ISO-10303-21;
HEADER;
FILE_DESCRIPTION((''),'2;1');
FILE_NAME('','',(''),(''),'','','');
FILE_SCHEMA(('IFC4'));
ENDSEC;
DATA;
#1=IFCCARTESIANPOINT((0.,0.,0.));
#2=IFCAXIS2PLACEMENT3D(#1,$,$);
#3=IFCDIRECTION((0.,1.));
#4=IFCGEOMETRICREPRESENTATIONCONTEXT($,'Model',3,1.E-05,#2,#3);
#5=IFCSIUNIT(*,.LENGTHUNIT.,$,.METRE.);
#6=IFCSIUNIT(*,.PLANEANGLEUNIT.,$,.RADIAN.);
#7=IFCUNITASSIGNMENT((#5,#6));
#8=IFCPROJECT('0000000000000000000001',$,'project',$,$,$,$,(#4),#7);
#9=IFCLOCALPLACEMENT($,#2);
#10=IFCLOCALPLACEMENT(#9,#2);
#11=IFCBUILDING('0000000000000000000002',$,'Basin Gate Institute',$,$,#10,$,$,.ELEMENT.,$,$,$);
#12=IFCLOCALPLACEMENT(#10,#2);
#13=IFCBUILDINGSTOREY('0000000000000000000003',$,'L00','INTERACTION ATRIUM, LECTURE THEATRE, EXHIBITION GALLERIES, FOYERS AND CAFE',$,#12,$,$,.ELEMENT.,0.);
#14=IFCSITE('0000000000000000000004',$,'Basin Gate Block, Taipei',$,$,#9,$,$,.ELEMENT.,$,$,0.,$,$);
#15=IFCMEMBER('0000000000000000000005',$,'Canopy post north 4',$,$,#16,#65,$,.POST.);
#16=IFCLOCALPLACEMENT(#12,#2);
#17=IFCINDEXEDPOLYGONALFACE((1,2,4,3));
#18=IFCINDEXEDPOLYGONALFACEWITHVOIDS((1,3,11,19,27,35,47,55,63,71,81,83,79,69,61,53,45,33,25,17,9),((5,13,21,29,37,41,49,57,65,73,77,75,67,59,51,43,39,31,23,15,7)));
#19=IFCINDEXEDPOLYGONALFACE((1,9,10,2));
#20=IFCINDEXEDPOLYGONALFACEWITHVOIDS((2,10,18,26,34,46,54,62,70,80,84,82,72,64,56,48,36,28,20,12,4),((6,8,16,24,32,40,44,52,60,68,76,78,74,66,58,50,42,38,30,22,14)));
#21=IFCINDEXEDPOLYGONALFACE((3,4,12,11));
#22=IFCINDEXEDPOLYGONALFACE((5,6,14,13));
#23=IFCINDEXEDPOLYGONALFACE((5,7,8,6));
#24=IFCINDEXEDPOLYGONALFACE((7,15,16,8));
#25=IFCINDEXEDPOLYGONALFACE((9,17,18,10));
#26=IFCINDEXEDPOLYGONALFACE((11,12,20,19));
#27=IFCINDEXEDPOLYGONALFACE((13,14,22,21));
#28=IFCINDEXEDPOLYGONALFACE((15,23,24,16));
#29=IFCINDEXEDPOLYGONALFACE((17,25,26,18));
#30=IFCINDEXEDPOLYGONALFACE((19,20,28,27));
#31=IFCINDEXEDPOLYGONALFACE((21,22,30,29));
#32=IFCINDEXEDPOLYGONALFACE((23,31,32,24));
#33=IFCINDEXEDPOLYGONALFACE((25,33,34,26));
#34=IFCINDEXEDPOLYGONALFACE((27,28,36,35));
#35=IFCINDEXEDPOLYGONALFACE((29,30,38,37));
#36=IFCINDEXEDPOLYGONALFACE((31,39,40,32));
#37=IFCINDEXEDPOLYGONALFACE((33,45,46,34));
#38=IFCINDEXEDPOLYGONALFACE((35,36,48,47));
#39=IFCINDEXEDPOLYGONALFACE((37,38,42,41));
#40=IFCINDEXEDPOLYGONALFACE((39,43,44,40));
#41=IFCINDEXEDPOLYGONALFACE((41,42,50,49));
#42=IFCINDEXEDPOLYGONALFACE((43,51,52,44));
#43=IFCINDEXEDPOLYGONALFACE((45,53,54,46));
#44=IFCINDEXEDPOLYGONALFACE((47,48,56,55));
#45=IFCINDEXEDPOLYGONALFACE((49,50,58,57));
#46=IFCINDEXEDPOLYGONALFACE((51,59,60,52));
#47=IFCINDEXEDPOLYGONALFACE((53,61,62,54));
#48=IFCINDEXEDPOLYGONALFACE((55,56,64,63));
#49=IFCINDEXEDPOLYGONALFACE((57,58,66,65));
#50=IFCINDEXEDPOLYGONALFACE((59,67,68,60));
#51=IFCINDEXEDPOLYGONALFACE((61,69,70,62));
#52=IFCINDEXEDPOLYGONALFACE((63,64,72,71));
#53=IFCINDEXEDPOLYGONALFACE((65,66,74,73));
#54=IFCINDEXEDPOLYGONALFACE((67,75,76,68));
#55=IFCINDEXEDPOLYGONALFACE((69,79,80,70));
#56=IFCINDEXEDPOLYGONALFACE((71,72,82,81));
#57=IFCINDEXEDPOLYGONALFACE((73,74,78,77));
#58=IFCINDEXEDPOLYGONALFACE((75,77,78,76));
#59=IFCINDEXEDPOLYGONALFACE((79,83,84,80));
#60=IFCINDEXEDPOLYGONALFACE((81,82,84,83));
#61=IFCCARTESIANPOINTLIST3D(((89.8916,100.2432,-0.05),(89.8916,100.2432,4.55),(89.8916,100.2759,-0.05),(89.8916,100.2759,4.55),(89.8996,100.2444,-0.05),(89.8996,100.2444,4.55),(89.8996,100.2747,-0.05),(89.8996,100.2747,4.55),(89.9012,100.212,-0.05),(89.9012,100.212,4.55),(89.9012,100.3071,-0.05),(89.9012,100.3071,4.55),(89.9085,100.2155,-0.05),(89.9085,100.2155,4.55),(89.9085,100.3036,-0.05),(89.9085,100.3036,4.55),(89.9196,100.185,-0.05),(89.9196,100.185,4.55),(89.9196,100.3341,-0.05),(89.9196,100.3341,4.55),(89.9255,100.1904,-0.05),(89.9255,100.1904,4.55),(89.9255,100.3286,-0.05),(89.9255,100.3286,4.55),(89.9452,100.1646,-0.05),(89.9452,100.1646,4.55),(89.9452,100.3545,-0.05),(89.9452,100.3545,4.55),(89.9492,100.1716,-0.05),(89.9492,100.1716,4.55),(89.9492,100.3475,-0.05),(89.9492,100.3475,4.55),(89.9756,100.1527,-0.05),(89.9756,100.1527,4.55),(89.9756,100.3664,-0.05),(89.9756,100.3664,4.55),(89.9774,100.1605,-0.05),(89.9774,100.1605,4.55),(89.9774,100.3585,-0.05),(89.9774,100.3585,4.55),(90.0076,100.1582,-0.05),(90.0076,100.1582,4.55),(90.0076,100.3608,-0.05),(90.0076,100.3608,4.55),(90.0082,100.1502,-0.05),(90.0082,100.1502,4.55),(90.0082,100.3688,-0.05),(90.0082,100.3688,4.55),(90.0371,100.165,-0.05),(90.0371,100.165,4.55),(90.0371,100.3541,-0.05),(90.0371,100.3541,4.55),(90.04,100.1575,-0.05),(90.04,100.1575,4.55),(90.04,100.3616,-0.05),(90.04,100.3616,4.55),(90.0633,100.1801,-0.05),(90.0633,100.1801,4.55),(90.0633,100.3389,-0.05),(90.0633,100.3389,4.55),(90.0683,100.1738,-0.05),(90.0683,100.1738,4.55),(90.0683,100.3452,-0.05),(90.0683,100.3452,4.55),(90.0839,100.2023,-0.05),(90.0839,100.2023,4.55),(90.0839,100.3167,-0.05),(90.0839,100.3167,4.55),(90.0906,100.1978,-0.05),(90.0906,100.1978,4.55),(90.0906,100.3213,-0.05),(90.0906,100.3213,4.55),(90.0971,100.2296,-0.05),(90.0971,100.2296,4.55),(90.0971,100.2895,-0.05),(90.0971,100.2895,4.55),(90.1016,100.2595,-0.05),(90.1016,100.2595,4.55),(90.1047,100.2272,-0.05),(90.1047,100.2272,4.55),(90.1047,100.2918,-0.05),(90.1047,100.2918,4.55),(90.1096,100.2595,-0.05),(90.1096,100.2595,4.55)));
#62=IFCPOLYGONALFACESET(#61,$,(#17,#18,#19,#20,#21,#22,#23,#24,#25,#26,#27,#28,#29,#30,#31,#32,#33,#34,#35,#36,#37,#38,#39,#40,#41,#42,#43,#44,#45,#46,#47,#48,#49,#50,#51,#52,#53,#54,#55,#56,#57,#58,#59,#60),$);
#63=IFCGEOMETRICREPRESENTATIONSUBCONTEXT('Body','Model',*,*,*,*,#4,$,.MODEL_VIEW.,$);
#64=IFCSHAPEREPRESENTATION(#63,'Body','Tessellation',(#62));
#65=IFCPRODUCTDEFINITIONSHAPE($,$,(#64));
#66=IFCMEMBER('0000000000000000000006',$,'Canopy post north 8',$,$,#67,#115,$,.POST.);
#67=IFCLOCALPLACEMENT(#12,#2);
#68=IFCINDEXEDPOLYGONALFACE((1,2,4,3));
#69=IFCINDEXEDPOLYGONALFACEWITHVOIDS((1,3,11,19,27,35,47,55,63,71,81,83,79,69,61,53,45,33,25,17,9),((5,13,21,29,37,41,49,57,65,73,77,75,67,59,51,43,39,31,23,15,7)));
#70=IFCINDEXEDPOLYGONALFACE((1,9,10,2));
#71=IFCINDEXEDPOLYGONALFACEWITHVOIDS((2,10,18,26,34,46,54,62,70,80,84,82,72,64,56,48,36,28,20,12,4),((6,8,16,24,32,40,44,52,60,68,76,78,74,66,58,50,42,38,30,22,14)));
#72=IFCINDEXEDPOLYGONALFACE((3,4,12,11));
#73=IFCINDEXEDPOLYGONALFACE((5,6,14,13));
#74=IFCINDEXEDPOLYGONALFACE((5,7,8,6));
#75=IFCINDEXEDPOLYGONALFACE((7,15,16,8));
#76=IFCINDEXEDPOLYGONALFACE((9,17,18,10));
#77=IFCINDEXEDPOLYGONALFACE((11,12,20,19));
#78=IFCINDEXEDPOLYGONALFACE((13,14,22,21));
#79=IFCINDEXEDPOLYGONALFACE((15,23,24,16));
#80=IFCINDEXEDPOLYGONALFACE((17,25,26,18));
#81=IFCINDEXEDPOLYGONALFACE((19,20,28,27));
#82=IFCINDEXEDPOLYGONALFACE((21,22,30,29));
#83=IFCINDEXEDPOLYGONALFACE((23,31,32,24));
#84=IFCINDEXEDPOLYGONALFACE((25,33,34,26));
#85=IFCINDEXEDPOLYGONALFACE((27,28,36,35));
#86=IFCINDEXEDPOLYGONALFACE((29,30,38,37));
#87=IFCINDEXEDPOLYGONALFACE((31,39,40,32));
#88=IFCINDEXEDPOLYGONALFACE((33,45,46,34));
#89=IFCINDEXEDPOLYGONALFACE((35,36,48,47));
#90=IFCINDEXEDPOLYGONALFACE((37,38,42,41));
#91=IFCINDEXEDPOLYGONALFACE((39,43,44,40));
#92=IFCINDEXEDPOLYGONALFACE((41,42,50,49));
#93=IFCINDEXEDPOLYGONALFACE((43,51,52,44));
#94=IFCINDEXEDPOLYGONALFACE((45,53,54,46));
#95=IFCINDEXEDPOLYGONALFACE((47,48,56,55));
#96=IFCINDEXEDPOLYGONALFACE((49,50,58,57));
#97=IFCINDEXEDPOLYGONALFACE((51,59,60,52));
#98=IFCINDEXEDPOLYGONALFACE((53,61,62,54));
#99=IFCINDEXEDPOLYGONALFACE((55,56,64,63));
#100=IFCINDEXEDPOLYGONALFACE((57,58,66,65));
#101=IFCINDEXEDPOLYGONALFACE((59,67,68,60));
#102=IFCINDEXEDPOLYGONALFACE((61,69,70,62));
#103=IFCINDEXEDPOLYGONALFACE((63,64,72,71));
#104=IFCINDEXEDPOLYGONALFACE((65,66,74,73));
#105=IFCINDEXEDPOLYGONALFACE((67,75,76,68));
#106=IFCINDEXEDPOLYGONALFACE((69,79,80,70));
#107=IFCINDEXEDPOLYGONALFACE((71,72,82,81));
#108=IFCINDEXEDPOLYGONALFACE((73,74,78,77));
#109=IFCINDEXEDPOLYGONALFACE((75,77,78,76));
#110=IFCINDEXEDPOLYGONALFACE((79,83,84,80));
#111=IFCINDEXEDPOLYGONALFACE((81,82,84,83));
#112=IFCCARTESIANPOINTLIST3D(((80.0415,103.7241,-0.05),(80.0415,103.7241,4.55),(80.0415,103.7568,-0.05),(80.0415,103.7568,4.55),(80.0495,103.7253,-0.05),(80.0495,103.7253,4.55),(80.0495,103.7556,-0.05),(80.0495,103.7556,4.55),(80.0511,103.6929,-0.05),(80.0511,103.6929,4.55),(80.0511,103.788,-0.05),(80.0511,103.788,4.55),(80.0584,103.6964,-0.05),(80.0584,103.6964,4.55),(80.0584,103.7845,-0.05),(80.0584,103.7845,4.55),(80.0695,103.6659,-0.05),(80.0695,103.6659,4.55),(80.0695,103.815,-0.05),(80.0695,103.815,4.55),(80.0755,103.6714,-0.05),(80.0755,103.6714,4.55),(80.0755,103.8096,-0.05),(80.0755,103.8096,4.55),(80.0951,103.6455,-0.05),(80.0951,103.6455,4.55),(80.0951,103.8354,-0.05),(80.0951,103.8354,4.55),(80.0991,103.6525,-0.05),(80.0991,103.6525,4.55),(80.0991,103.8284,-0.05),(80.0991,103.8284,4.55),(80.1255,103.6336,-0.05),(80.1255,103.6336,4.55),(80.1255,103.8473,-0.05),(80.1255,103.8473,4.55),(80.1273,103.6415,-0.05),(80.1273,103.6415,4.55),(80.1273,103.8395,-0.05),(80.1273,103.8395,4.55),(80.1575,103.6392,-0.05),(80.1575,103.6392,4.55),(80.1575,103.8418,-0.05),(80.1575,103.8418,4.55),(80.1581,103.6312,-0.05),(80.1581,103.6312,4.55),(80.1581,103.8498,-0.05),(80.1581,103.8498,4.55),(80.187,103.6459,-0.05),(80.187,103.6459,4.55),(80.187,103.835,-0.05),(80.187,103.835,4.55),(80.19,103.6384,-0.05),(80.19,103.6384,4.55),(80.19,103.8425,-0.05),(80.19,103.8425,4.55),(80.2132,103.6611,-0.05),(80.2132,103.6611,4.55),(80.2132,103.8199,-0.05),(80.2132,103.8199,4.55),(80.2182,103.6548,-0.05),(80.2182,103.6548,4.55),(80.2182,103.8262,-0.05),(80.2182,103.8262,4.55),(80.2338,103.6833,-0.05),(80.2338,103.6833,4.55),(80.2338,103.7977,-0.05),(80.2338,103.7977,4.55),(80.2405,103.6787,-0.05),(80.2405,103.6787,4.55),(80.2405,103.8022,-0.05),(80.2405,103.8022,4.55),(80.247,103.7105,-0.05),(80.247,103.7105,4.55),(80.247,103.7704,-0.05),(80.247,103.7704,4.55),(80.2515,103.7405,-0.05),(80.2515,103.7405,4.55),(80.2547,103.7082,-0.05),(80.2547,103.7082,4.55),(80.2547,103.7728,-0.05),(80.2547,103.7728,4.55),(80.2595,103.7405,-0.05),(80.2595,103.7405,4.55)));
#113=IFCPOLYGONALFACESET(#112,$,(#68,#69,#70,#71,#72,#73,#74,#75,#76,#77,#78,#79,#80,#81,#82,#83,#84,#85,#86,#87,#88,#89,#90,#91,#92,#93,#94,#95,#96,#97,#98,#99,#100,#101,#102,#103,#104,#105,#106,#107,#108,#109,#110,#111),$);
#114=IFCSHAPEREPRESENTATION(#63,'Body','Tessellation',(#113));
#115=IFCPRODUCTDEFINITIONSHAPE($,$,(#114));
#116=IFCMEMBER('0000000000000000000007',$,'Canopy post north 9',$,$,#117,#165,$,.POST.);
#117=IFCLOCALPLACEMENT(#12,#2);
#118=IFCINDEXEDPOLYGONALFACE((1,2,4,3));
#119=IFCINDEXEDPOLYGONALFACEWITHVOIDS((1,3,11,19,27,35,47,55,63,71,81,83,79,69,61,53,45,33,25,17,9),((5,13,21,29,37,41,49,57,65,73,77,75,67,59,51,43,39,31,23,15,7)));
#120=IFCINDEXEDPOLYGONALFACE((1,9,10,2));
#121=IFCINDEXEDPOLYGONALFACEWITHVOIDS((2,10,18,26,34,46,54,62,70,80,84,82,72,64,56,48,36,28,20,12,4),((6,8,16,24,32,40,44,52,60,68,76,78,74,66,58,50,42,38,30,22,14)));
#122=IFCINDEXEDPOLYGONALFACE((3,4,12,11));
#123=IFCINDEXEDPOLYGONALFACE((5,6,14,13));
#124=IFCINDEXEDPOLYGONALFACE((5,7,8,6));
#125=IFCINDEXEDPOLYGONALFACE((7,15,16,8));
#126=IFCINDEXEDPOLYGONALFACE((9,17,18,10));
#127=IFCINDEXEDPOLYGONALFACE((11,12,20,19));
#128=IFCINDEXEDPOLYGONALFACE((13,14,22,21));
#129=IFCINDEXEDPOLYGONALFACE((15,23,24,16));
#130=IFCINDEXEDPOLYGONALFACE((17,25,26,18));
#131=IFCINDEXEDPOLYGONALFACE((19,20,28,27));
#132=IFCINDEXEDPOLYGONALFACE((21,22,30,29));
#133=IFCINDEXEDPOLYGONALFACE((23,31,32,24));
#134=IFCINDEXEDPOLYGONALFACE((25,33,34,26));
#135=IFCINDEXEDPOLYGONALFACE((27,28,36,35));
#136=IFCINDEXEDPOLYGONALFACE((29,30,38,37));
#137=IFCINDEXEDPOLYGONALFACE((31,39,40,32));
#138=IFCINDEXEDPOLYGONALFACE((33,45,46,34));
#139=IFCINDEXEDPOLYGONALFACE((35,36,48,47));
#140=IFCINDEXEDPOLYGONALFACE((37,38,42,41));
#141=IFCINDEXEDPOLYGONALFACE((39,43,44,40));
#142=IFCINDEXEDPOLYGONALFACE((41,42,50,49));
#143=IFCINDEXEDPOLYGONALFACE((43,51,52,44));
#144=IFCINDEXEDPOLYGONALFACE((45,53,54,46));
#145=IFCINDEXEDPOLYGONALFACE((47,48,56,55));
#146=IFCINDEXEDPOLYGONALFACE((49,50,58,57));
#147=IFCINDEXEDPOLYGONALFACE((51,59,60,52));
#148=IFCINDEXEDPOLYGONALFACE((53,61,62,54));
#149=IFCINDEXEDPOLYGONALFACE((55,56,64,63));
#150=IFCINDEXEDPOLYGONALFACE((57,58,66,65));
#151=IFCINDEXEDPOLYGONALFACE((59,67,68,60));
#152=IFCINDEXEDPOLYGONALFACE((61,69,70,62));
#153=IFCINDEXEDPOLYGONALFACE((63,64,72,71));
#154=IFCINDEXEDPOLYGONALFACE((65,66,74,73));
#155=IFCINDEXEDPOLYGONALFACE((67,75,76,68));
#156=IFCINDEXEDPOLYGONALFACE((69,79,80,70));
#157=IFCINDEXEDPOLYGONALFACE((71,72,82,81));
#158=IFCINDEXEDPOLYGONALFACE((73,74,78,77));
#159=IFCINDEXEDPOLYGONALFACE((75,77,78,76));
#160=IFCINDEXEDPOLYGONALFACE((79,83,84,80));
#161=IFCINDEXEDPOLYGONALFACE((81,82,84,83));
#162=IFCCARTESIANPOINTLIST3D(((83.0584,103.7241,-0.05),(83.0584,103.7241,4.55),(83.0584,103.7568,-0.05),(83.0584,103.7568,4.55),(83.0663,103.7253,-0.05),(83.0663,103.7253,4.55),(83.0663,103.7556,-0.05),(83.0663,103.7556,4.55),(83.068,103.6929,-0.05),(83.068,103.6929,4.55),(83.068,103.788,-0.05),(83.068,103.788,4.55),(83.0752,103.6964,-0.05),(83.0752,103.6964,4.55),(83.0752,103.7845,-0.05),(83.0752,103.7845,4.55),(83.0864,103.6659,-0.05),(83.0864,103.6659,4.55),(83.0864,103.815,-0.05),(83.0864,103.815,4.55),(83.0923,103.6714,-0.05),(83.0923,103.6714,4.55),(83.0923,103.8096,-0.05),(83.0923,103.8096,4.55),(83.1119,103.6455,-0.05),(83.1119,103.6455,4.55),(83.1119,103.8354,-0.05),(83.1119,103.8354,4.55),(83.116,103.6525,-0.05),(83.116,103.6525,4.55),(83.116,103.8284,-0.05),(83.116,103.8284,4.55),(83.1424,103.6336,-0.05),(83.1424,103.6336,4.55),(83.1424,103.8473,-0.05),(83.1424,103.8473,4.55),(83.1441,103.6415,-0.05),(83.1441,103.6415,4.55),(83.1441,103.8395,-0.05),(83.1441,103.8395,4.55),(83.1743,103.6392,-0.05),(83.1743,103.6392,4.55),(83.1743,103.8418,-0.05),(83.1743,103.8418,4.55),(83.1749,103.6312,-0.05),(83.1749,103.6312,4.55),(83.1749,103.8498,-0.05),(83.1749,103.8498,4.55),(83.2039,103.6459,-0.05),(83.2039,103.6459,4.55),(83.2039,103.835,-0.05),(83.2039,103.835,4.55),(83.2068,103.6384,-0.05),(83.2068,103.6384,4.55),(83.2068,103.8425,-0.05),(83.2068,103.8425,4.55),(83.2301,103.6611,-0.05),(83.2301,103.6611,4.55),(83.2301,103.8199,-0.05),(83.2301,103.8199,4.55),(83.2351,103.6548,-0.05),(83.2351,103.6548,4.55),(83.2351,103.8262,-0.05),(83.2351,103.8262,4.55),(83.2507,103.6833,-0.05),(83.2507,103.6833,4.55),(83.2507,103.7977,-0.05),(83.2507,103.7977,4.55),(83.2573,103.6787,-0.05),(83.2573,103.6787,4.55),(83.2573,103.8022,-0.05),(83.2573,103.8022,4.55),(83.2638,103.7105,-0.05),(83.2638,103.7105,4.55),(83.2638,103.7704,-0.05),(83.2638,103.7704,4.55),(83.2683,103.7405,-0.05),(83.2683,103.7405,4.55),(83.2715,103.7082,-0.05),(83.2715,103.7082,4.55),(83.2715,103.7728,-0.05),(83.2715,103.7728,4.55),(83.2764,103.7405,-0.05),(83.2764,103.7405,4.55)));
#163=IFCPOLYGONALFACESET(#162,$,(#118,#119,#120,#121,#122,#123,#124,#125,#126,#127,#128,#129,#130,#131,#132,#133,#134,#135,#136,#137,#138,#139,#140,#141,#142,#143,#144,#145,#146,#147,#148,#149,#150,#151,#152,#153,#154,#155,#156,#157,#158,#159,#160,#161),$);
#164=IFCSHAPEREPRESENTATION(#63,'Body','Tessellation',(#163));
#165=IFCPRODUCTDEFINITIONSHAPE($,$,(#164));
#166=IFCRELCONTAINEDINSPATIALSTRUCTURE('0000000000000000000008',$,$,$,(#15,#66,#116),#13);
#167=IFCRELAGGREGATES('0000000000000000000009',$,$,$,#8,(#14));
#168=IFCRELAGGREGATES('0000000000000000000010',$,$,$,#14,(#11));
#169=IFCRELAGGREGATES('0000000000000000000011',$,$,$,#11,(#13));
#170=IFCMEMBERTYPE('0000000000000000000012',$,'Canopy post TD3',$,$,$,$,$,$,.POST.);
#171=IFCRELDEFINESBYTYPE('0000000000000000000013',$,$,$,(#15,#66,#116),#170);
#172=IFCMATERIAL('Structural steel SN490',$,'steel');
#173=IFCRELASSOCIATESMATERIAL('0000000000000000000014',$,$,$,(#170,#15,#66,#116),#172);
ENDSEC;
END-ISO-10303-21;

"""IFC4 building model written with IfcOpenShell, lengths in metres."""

from ifc_helpers import new_model, si_unit, direction, frame, origin, origin_2d, place, context, subcontext, project, spatial, hollow_circle, extrude, material, material_profile, profile_set, type_object, element, save


model = new_model("IFC4")

# Units and contexts
model_context = context("Model", 3, precision=1e-05, world=origin(), true_north=direction((0.0, 1.0)))
body_context = subcontext(model_context, "Body", "Model", "MODEL_VIEW")
ifc_project = project(units=[si_unit("LENGTHUNIT", "METRE"), si_unit("PLANEANGLEUNIT", "RADIAN")], contexts=[model_context])

# Site, building, storey
site_placement = place(None, origin())
site = spatial("IfcSite", under=ifc_project, at=site_placement, Name="Basin Gate Block, Taipei", CompositionType="ELEMENT", RefElevation=0.0)
building_placement = place(site_placement, origin())
building = spatial("IfcBuilding", under=site, at=building_placement, Name="Basin Gate Institute", CompositionType="ELEMENT")
storey_placement = place(building_placement, origin())
storey = spatial("IfcBuildingStorey", under=building, at=storey_placement, Name="L00", Description="INTERACTION ATRIUM, LECTURE THEATRE, EXHIBITION GALLERIES, FOYERS AND CAFE", CompositionType="ELEMENT", Elevation=0.0)

# Members
ifc_material_1 = material(Name="Structural steel SN490", Category="steel")
ifc_material_profile_1 = material_profile(ifc_material_1, hollow_circle(Radius=0.1096, WallThickness=0.0081, at=origin_2d()), Name="CHS219x8")
ifc_profile_set_1 = profile_set([ifc_material_profile_1], Name="Structural steel SN490")
member_type_1 = type_object("IfcMemberType", Name="Canopy post TD3", PredefinedType="POST", material=ifc_profile_set_1)
for number, where, z_axis, x_axis, name in (
    (1, (90.0, 100.2595, -0.05), (0.0, 0.0, 1.0), (1.0, 0.0, 0.0), "Canopy post north 4"),
    (2, (80.1499, 103.7405, -0.05), (0.0, 0.0, 1.0), (1.0, 0.0, 0.0), "Canopy post north 8"),
    (3, (83.1667, 103.7405, -0.05), (0.0, 0.0, 1.0), (1.0, 0.0, 0.0), "Canopy post north 9"),
):
    element("IfcMember", number, at=place(storey_placement, frame(where, z_axis=z_axis, x_axis=x_axis)), inside=storey, type_object=member_type_1, material=ifc_profile_set_1, Name=name, PredefinedType="POST", context=body_context, shape_type="SweptSolid", body=[
        extrude(hollow_circle(Radius=0.1096, WallThickness=0.0081, at=origin_2d()), origin(), (0.0, 0.0, 1.0), 4.6001),
    ])

save(model, "model.ifc")
